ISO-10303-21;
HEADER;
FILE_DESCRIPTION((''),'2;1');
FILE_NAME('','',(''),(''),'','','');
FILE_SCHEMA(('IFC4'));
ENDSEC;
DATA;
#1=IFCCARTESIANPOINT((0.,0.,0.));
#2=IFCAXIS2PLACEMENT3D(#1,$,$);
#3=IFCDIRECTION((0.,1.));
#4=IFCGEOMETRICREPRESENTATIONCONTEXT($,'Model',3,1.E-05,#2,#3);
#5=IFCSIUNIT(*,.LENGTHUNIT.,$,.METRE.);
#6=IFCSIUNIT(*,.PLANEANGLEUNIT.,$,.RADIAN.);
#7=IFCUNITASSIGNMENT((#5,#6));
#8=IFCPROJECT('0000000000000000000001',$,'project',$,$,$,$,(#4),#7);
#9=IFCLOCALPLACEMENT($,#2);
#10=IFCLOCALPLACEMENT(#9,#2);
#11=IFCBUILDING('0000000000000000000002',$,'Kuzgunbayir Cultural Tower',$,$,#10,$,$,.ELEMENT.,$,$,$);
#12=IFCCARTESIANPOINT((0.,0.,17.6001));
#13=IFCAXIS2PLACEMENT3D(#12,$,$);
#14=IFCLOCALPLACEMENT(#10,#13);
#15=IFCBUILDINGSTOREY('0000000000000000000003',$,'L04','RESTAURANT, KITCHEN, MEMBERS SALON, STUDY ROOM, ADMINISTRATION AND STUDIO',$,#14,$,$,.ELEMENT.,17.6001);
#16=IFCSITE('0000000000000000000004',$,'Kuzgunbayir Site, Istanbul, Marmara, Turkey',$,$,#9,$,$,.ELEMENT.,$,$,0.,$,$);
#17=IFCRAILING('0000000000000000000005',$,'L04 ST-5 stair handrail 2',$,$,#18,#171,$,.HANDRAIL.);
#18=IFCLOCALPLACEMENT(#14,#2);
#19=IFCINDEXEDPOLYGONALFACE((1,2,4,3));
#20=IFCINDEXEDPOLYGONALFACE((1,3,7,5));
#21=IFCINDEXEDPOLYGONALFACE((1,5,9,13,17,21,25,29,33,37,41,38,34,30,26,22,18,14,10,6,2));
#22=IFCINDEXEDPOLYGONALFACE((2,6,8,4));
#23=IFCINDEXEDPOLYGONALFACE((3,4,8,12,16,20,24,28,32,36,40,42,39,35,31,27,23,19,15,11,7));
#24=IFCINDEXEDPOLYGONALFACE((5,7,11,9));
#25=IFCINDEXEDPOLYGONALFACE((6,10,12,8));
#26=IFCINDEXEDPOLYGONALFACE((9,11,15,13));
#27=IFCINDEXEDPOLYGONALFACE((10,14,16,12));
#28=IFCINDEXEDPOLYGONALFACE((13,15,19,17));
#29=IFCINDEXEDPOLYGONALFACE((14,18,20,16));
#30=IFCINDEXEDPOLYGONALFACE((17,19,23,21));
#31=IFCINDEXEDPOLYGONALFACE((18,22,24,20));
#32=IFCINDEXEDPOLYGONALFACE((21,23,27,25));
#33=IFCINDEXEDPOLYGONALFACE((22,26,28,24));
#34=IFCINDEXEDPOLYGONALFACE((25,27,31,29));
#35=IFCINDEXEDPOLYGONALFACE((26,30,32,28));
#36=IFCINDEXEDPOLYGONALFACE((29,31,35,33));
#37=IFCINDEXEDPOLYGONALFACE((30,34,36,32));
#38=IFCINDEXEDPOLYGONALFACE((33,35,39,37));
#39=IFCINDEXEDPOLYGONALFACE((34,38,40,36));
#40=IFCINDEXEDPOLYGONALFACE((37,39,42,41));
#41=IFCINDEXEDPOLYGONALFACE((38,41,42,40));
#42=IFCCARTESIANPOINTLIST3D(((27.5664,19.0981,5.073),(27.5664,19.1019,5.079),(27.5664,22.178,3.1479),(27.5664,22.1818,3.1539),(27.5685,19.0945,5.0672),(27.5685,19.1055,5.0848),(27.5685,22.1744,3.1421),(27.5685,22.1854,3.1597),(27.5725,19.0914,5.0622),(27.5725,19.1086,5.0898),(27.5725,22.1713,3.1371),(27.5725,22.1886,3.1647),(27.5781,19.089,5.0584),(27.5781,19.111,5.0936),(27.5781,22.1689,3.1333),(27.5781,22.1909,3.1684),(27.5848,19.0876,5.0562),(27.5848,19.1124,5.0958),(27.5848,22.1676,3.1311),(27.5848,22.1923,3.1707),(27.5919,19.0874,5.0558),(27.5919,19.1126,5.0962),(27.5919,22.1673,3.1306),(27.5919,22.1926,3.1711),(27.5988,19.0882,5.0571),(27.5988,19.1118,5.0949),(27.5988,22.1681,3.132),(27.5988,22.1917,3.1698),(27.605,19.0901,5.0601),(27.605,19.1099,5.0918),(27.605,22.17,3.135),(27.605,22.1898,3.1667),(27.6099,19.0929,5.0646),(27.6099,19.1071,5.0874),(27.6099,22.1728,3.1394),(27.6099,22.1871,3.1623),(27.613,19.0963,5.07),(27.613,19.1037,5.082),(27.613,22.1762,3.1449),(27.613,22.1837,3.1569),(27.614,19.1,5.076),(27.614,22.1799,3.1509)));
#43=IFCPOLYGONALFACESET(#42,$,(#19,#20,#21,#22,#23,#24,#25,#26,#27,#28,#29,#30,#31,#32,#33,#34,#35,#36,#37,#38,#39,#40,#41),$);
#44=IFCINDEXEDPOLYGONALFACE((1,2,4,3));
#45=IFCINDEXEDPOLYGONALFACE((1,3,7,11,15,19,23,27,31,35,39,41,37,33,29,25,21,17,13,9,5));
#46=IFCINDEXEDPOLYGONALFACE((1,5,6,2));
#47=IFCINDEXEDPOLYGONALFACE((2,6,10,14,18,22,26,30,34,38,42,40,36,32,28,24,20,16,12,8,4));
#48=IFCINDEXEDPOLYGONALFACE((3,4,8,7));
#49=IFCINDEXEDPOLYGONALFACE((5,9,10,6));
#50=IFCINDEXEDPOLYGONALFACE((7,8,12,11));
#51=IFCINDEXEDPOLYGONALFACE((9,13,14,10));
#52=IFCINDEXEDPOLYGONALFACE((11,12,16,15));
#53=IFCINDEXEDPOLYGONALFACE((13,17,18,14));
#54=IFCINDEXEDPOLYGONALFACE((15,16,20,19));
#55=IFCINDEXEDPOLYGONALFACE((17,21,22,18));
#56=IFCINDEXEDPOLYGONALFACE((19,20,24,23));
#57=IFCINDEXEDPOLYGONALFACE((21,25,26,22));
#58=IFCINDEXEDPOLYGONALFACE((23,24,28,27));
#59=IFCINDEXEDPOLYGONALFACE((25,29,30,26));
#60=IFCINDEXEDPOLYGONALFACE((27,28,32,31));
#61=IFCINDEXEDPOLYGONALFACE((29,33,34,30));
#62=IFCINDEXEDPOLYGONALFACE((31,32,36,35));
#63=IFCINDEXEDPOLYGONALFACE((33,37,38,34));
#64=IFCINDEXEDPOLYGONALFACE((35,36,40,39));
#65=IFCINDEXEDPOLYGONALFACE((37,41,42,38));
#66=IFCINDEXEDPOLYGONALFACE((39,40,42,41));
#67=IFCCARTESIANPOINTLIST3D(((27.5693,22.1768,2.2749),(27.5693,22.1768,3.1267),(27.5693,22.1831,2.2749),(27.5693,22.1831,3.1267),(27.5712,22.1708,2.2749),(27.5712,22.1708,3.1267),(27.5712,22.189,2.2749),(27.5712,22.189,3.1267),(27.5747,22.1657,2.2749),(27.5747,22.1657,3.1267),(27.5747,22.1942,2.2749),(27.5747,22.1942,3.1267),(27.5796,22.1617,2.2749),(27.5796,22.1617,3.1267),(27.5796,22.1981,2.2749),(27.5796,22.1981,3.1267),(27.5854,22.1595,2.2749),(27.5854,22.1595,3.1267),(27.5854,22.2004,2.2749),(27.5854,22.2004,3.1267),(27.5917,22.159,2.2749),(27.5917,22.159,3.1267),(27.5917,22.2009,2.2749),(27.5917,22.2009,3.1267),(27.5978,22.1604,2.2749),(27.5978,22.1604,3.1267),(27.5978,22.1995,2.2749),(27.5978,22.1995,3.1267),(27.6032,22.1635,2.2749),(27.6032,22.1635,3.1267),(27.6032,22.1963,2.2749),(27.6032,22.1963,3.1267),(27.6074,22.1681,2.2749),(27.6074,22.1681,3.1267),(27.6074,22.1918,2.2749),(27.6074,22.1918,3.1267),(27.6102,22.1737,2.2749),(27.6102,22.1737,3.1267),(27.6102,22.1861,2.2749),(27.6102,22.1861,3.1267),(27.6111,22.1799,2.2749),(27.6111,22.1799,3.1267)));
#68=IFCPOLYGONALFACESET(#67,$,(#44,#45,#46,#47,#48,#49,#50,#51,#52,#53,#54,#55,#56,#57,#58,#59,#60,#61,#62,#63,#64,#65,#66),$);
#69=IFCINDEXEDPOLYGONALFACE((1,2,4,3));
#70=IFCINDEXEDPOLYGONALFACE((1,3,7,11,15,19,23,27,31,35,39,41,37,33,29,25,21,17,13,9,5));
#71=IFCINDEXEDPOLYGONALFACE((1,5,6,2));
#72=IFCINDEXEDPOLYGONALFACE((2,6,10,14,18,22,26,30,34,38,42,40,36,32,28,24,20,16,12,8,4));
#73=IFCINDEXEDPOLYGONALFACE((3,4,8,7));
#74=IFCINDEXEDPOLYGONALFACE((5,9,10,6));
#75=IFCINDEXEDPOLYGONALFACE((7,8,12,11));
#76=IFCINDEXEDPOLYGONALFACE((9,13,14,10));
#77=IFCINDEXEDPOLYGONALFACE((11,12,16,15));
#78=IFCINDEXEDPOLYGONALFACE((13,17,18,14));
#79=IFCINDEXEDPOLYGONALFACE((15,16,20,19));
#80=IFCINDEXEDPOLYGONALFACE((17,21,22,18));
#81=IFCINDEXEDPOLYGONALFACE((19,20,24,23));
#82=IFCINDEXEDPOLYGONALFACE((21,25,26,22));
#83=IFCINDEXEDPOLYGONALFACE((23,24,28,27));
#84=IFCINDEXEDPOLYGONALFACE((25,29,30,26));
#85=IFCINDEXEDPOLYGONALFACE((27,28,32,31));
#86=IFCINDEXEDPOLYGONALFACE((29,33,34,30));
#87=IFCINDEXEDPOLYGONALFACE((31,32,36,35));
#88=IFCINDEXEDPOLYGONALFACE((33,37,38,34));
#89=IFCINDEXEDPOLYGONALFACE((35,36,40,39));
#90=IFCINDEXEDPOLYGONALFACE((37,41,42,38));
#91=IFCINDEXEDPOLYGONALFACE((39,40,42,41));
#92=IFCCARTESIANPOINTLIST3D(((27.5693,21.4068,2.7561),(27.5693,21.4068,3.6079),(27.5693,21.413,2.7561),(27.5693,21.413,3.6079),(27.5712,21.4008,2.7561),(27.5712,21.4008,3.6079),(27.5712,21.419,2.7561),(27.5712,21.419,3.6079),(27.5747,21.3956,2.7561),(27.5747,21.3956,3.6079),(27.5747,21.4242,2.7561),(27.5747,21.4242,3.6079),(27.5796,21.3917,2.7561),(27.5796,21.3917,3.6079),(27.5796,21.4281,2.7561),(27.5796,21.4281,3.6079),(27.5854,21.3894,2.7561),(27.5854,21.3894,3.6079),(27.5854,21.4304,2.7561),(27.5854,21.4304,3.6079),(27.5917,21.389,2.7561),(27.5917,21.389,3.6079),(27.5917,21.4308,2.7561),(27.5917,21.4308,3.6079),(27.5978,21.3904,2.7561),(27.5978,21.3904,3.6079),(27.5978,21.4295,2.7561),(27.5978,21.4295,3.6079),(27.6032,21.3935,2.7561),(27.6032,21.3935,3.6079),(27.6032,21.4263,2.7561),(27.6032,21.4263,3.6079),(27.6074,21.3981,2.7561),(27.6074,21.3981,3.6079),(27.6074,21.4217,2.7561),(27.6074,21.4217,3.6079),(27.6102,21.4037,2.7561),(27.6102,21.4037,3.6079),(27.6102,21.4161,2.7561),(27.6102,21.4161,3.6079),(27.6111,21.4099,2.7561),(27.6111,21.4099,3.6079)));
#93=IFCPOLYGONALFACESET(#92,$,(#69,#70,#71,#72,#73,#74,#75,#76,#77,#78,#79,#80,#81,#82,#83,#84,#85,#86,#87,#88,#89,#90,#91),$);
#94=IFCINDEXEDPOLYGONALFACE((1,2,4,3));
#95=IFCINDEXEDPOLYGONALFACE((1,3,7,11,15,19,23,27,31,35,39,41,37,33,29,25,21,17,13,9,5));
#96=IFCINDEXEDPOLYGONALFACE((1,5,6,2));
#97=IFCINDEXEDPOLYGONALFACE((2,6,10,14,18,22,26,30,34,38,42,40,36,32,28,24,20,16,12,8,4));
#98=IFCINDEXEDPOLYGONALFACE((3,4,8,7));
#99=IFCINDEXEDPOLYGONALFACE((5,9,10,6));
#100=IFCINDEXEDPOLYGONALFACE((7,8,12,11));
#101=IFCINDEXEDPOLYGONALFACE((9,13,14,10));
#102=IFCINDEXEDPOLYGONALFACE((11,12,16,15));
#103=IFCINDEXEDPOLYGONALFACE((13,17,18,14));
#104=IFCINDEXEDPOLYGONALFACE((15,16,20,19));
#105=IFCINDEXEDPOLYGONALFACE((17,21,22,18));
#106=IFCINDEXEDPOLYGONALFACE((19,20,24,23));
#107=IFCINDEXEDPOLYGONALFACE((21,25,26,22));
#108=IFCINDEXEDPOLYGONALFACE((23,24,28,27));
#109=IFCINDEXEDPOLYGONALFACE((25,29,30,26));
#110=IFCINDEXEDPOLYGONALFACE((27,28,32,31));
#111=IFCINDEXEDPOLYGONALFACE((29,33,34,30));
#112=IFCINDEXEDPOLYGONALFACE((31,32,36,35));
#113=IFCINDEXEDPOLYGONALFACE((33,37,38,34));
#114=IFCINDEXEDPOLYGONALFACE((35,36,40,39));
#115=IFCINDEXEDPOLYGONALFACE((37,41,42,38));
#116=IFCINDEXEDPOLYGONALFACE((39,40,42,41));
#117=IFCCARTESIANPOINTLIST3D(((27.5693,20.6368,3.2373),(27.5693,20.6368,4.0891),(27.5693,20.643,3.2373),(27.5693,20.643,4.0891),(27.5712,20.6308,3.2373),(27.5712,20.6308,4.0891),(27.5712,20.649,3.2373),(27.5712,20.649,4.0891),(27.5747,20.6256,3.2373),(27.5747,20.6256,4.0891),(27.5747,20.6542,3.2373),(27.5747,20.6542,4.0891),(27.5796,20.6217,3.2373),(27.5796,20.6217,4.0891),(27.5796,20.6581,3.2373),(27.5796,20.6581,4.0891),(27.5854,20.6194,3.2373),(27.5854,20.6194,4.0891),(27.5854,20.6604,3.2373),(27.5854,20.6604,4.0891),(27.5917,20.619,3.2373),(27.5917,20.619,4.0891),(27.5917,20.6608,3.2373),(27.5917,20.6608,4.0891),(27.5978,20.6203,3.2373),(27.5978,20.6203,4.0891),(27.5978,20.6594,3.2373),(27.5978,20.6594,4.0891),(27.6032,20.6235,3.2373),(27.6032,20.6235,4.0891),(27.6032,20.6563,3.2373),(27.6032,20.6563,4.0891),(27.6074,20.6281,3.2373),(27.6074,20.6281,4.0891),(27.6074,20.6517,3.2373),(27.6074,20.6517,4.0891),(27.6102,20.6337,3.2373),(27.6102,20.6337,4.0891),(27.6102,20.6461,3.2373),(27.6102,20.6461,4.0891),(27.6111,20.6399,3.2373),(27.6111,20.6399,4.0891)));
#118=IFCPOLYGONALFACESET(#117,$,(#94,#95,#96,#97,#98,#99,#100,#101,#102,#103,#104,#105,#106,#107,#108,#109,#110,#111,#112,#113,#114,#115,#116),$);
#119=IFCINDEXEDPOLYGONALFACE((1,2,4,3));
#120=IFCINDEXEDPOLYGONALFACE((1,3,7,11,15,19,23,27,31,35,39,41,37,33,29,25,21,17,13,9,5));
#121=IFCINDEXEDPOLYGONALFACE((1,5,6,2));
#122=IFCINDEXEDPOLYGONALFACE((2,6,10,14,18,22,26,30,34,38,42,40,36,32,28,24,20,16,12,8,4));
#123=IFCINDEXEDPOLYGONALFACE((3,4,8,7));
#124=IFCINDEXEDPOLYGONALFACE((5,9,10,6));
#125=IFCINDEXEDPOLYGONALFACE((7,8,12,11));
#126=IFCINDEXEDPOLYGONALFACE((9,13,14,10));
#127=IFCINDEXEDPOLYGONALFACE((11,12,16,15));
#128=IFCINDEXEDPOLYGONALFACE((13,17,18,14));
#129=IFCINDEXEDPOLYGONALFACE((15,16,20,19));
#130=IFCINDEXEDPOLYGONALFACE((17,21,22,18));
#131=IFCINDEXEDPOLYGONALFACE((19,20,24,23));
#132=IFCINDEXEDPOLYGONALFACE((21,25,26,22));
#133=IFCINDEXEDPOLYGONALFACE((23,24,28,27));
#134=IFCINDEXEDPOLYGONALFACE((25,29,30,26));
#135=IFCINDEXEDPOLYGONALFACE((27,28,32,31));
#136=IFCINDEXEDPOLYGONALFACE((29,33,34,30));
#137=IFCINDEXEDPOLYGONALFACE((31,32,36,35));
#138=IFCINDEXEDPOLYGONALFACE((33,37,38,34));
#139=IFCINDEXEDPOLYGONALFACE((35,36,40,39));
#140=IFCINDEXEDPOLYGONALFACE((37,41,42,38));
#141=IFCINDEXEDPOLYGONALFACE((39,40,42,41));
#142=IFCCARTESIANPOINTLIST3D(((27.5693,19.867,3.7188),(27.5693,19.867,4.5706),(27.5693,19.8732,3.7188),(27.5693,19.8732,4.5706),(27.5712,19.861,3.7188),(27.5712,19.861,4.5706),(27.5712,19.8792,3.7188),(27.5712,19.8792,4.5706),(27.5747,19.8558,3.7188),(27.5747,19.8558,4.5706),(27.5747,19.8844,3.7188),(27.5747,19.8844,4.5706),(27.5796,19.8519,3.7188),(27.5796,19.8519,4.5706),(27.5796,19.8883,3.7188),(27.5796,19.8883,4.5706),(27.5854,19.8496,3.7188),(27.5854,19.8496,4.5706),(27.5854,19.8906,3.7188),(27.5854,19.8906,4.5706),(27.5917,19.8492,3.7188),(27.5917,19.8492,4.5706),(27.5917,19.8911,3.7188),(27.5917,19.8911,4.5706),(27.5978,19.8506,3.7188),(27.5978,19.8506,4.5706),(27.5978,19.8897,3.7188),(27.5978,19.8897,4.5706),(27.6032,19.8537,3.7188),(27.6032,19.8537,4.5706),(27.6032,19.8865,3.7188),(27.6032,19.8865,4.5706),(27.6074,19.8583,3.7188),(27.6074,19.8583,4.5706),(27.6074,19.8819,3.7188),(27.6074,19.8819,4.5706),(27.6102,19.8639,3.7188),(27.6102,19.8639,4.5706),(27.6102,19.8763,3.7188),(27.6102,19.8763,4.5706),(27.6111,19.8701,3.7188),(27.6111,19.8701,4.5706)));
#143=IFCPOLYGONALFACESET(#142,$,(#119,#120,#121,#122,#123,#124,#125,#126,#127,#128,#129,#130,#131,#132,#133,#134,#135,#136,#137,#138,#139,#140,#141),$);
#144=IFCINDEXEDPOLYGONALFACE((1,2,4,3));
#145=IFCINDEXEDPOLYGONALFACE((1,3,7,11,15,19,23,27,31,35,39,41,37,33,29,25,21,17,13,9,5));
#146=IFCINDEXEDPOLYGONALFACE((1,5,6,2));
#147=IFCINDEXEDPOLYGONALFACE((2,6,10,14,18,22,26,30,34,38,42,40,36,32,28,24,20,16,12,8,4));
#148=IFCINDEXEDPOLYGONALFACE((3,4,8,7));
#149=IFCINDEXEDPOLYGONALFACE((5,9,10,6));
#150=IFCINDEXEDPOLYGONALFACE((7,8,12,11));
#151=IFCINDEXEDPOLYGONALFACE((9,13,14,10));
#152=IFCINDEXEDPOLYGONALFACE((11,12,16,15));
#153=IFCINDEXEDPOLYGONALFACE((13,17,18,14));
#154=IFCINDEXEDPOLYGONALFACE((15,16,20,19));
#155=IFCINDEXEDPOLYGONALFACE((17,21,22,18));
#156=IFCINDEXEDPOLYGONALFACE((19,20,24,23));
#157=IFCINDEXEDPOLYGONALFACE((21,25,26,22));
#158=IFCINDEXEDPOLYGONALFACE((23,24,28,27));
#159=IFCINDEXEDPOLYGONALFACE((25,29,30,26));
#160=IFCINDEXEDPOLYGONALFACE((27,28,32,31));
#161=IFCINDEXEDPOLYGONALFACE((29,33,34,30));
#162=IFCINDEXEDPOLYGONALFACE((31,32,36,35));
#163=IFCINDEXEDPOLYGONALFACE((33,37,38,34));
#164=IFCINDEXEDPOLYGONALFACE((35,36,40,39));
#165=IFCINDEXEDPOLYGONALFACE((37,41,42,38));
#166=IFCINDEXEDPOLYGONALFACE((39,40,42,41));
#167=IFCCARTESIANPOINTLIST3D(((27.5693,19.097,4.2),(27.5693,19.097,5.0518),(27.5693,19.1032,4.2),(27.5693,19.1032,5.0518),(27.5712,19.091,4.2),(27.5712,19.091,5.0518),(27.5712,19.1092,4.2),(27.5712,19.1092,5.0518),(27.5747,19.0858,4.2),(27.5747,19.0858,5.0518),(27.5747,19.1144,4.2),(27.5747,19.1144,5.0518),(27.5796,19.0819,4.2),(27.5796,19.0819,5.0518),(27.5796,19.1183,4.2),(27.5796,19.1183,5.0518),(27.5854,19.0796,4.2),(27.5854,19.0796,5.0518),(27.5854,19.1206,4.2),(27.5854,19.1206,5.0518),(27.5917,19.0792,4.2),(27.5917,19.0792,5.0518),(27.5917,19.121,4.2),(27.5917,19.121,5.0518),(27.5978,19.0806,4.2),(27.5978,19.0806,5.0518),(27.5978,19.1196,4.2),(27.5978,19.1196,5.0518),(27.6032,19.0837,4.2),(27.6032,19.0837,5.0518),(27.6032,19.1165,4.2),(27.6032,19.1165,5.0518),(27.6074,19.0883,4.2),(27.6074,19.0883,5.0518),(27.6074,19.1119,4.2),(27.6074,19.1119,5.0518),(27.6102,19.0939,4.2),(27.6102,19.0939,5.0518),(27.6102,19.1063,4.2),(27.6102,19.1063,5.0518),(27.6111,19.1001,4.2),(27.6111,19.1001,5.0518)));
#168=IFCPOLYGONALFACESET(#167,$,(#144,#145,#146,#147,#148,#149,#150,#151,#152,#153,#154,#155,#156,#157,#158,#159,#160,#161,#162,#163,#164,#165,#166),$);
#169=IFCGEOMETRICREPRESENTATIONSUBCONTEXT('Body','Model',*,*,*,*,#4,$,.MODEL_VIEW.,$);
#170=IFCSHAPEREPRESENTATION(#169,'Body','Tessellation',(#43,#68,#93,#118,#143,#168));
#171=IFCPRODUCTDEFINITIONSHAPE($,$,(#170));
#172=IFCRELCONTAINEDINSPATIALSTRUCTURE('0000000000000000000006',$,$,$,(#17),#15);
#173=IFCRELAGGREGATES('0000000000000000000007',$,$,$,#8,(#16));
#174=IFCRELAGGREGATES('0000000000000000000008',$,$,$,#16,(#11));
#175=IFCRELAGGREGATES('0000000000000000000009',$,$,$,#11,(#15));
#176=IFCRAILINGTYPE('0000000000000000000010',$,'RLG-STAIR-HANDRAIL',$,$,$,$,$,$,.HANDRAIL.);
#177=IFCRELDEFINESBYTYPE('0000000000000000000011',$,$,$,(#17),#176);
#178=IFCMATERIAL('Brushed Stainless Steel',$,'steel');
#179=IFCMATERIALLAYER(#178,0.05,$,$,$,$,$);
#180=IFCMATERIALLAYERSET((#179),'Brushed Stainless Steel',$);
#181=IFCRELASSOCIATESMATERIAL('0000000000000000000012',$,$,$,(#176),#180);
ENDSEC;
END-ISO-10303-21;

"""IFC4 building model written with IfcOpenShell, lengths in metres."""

from ifc_helpers import new_model, si_unit, direction, frame, origin, origin_2d, place, context, subcontext, project, spatial, circle, extrude, material, layer, layer_set, type_object, element, save


model = new_model("IFC4")

# Units and contexts
model_context = context("Model", 3, precision=1e-05, world=origin(), true_north=direction((0.0, 1.0)))
body_context = subcontext(model_context, "Body", "Model", "MODEL_VIEW")
ifc_project = project(units=[si_unit("LENGTHUNIT", "METRE"), si_unit("PLANEANGLEUNIT", "RADIAN")], contexts=[model_context])

# Site, building, storey
site_placement = place(None, origin())
site = spatial("IfcSite", under=ifc_project, at=site_placement, Name="Kuzgunbayir Site, Istanbul, Marmara, Turkey", CompositionType="ELEMENT", RefElevation=0.0)
building_placement = place(site_placement, origin())
building = spatial("IfcBuilding", under=site, at=building_placement, Name="Kuzgunbayir Cultural Tower", CompositionType="ELEMENT")
storey_placement = place(building_placement, frame((0.0, 0.0, 17.6001)))
storey = spatial("IfcBuildingStorey", under=building, at=storey_placement, Name="L04", Description="RESTAURANT, KITCHEN, MEMBERS SALON, STUDY ROOM, ADMINISTRATION AND STUDIO", CompositionType="ELEMENT", Elevation=17.6001)

# Railing
ifc_material_1 = material(Name="Brushed Stainless Steel", Category="steel")
ifc_layer_1 = layer(ifc_material_1, 0.05)
ifc_layer_set_1 = layer_set([ifc_layer_1], Name="Brushed Stainless Steel")
railing_type_1 = type_object("IfcRailingType", Name="RLG-STAIR-HANDRAIL", PredefinedType="HANDRAIL", material=ifc_layer_set_1)
railing_1_placement = place(storey_placement, frame((27.5901, 22.1799, 2.2749)))
element("IfcRailing", 1, at=railing_1_placement, inside=storey, type_object=railing_type_1, Name="L04 ST-5 stair handrail 2", PredefinedType="HANDRAIL", context=body_context, shape_type="SweptSolid", body=[
    extrude(circle(Radius=0.0239, at=origin_2d()), frame((0.0, 0.0, 0.876), z_axis=(0.0, -0.847979, 0.530029), x_axis=(1.0, 0.0, 0.0)), (0.0, 0.0, 1.0), 3.6321),
    extrude(circle(Radius=0.021, at=origin_2d()), origin(), (0.0, 0.0, 1.0), 0.8518),
    extrude(circle(Radius=0.021, at=origin_2d()), frame((0.0, -0.77, 0.4812)), (0.0, 0.0, 1.0), 0.8518),
    extrude(circle(Radius=0.021, at=origin_2d()), frame((0.0, -1.54, 0.9624)), (0.0, 0.0, 1.0), 0.8518),
    extrude(circle(Radius=0.021, at=origin_2d()), frame((0.0, -2.3098, 1.4438)), (0.0, 0.0, 1.0), 0.8518),
    extrude(circle(Radius=0.021, at=origin_2d()), frame((0.0, -3.0798, 1.925)), (0.0, 0.0, 1.0), 0.8518),
])

save(model, "model.ifc")
